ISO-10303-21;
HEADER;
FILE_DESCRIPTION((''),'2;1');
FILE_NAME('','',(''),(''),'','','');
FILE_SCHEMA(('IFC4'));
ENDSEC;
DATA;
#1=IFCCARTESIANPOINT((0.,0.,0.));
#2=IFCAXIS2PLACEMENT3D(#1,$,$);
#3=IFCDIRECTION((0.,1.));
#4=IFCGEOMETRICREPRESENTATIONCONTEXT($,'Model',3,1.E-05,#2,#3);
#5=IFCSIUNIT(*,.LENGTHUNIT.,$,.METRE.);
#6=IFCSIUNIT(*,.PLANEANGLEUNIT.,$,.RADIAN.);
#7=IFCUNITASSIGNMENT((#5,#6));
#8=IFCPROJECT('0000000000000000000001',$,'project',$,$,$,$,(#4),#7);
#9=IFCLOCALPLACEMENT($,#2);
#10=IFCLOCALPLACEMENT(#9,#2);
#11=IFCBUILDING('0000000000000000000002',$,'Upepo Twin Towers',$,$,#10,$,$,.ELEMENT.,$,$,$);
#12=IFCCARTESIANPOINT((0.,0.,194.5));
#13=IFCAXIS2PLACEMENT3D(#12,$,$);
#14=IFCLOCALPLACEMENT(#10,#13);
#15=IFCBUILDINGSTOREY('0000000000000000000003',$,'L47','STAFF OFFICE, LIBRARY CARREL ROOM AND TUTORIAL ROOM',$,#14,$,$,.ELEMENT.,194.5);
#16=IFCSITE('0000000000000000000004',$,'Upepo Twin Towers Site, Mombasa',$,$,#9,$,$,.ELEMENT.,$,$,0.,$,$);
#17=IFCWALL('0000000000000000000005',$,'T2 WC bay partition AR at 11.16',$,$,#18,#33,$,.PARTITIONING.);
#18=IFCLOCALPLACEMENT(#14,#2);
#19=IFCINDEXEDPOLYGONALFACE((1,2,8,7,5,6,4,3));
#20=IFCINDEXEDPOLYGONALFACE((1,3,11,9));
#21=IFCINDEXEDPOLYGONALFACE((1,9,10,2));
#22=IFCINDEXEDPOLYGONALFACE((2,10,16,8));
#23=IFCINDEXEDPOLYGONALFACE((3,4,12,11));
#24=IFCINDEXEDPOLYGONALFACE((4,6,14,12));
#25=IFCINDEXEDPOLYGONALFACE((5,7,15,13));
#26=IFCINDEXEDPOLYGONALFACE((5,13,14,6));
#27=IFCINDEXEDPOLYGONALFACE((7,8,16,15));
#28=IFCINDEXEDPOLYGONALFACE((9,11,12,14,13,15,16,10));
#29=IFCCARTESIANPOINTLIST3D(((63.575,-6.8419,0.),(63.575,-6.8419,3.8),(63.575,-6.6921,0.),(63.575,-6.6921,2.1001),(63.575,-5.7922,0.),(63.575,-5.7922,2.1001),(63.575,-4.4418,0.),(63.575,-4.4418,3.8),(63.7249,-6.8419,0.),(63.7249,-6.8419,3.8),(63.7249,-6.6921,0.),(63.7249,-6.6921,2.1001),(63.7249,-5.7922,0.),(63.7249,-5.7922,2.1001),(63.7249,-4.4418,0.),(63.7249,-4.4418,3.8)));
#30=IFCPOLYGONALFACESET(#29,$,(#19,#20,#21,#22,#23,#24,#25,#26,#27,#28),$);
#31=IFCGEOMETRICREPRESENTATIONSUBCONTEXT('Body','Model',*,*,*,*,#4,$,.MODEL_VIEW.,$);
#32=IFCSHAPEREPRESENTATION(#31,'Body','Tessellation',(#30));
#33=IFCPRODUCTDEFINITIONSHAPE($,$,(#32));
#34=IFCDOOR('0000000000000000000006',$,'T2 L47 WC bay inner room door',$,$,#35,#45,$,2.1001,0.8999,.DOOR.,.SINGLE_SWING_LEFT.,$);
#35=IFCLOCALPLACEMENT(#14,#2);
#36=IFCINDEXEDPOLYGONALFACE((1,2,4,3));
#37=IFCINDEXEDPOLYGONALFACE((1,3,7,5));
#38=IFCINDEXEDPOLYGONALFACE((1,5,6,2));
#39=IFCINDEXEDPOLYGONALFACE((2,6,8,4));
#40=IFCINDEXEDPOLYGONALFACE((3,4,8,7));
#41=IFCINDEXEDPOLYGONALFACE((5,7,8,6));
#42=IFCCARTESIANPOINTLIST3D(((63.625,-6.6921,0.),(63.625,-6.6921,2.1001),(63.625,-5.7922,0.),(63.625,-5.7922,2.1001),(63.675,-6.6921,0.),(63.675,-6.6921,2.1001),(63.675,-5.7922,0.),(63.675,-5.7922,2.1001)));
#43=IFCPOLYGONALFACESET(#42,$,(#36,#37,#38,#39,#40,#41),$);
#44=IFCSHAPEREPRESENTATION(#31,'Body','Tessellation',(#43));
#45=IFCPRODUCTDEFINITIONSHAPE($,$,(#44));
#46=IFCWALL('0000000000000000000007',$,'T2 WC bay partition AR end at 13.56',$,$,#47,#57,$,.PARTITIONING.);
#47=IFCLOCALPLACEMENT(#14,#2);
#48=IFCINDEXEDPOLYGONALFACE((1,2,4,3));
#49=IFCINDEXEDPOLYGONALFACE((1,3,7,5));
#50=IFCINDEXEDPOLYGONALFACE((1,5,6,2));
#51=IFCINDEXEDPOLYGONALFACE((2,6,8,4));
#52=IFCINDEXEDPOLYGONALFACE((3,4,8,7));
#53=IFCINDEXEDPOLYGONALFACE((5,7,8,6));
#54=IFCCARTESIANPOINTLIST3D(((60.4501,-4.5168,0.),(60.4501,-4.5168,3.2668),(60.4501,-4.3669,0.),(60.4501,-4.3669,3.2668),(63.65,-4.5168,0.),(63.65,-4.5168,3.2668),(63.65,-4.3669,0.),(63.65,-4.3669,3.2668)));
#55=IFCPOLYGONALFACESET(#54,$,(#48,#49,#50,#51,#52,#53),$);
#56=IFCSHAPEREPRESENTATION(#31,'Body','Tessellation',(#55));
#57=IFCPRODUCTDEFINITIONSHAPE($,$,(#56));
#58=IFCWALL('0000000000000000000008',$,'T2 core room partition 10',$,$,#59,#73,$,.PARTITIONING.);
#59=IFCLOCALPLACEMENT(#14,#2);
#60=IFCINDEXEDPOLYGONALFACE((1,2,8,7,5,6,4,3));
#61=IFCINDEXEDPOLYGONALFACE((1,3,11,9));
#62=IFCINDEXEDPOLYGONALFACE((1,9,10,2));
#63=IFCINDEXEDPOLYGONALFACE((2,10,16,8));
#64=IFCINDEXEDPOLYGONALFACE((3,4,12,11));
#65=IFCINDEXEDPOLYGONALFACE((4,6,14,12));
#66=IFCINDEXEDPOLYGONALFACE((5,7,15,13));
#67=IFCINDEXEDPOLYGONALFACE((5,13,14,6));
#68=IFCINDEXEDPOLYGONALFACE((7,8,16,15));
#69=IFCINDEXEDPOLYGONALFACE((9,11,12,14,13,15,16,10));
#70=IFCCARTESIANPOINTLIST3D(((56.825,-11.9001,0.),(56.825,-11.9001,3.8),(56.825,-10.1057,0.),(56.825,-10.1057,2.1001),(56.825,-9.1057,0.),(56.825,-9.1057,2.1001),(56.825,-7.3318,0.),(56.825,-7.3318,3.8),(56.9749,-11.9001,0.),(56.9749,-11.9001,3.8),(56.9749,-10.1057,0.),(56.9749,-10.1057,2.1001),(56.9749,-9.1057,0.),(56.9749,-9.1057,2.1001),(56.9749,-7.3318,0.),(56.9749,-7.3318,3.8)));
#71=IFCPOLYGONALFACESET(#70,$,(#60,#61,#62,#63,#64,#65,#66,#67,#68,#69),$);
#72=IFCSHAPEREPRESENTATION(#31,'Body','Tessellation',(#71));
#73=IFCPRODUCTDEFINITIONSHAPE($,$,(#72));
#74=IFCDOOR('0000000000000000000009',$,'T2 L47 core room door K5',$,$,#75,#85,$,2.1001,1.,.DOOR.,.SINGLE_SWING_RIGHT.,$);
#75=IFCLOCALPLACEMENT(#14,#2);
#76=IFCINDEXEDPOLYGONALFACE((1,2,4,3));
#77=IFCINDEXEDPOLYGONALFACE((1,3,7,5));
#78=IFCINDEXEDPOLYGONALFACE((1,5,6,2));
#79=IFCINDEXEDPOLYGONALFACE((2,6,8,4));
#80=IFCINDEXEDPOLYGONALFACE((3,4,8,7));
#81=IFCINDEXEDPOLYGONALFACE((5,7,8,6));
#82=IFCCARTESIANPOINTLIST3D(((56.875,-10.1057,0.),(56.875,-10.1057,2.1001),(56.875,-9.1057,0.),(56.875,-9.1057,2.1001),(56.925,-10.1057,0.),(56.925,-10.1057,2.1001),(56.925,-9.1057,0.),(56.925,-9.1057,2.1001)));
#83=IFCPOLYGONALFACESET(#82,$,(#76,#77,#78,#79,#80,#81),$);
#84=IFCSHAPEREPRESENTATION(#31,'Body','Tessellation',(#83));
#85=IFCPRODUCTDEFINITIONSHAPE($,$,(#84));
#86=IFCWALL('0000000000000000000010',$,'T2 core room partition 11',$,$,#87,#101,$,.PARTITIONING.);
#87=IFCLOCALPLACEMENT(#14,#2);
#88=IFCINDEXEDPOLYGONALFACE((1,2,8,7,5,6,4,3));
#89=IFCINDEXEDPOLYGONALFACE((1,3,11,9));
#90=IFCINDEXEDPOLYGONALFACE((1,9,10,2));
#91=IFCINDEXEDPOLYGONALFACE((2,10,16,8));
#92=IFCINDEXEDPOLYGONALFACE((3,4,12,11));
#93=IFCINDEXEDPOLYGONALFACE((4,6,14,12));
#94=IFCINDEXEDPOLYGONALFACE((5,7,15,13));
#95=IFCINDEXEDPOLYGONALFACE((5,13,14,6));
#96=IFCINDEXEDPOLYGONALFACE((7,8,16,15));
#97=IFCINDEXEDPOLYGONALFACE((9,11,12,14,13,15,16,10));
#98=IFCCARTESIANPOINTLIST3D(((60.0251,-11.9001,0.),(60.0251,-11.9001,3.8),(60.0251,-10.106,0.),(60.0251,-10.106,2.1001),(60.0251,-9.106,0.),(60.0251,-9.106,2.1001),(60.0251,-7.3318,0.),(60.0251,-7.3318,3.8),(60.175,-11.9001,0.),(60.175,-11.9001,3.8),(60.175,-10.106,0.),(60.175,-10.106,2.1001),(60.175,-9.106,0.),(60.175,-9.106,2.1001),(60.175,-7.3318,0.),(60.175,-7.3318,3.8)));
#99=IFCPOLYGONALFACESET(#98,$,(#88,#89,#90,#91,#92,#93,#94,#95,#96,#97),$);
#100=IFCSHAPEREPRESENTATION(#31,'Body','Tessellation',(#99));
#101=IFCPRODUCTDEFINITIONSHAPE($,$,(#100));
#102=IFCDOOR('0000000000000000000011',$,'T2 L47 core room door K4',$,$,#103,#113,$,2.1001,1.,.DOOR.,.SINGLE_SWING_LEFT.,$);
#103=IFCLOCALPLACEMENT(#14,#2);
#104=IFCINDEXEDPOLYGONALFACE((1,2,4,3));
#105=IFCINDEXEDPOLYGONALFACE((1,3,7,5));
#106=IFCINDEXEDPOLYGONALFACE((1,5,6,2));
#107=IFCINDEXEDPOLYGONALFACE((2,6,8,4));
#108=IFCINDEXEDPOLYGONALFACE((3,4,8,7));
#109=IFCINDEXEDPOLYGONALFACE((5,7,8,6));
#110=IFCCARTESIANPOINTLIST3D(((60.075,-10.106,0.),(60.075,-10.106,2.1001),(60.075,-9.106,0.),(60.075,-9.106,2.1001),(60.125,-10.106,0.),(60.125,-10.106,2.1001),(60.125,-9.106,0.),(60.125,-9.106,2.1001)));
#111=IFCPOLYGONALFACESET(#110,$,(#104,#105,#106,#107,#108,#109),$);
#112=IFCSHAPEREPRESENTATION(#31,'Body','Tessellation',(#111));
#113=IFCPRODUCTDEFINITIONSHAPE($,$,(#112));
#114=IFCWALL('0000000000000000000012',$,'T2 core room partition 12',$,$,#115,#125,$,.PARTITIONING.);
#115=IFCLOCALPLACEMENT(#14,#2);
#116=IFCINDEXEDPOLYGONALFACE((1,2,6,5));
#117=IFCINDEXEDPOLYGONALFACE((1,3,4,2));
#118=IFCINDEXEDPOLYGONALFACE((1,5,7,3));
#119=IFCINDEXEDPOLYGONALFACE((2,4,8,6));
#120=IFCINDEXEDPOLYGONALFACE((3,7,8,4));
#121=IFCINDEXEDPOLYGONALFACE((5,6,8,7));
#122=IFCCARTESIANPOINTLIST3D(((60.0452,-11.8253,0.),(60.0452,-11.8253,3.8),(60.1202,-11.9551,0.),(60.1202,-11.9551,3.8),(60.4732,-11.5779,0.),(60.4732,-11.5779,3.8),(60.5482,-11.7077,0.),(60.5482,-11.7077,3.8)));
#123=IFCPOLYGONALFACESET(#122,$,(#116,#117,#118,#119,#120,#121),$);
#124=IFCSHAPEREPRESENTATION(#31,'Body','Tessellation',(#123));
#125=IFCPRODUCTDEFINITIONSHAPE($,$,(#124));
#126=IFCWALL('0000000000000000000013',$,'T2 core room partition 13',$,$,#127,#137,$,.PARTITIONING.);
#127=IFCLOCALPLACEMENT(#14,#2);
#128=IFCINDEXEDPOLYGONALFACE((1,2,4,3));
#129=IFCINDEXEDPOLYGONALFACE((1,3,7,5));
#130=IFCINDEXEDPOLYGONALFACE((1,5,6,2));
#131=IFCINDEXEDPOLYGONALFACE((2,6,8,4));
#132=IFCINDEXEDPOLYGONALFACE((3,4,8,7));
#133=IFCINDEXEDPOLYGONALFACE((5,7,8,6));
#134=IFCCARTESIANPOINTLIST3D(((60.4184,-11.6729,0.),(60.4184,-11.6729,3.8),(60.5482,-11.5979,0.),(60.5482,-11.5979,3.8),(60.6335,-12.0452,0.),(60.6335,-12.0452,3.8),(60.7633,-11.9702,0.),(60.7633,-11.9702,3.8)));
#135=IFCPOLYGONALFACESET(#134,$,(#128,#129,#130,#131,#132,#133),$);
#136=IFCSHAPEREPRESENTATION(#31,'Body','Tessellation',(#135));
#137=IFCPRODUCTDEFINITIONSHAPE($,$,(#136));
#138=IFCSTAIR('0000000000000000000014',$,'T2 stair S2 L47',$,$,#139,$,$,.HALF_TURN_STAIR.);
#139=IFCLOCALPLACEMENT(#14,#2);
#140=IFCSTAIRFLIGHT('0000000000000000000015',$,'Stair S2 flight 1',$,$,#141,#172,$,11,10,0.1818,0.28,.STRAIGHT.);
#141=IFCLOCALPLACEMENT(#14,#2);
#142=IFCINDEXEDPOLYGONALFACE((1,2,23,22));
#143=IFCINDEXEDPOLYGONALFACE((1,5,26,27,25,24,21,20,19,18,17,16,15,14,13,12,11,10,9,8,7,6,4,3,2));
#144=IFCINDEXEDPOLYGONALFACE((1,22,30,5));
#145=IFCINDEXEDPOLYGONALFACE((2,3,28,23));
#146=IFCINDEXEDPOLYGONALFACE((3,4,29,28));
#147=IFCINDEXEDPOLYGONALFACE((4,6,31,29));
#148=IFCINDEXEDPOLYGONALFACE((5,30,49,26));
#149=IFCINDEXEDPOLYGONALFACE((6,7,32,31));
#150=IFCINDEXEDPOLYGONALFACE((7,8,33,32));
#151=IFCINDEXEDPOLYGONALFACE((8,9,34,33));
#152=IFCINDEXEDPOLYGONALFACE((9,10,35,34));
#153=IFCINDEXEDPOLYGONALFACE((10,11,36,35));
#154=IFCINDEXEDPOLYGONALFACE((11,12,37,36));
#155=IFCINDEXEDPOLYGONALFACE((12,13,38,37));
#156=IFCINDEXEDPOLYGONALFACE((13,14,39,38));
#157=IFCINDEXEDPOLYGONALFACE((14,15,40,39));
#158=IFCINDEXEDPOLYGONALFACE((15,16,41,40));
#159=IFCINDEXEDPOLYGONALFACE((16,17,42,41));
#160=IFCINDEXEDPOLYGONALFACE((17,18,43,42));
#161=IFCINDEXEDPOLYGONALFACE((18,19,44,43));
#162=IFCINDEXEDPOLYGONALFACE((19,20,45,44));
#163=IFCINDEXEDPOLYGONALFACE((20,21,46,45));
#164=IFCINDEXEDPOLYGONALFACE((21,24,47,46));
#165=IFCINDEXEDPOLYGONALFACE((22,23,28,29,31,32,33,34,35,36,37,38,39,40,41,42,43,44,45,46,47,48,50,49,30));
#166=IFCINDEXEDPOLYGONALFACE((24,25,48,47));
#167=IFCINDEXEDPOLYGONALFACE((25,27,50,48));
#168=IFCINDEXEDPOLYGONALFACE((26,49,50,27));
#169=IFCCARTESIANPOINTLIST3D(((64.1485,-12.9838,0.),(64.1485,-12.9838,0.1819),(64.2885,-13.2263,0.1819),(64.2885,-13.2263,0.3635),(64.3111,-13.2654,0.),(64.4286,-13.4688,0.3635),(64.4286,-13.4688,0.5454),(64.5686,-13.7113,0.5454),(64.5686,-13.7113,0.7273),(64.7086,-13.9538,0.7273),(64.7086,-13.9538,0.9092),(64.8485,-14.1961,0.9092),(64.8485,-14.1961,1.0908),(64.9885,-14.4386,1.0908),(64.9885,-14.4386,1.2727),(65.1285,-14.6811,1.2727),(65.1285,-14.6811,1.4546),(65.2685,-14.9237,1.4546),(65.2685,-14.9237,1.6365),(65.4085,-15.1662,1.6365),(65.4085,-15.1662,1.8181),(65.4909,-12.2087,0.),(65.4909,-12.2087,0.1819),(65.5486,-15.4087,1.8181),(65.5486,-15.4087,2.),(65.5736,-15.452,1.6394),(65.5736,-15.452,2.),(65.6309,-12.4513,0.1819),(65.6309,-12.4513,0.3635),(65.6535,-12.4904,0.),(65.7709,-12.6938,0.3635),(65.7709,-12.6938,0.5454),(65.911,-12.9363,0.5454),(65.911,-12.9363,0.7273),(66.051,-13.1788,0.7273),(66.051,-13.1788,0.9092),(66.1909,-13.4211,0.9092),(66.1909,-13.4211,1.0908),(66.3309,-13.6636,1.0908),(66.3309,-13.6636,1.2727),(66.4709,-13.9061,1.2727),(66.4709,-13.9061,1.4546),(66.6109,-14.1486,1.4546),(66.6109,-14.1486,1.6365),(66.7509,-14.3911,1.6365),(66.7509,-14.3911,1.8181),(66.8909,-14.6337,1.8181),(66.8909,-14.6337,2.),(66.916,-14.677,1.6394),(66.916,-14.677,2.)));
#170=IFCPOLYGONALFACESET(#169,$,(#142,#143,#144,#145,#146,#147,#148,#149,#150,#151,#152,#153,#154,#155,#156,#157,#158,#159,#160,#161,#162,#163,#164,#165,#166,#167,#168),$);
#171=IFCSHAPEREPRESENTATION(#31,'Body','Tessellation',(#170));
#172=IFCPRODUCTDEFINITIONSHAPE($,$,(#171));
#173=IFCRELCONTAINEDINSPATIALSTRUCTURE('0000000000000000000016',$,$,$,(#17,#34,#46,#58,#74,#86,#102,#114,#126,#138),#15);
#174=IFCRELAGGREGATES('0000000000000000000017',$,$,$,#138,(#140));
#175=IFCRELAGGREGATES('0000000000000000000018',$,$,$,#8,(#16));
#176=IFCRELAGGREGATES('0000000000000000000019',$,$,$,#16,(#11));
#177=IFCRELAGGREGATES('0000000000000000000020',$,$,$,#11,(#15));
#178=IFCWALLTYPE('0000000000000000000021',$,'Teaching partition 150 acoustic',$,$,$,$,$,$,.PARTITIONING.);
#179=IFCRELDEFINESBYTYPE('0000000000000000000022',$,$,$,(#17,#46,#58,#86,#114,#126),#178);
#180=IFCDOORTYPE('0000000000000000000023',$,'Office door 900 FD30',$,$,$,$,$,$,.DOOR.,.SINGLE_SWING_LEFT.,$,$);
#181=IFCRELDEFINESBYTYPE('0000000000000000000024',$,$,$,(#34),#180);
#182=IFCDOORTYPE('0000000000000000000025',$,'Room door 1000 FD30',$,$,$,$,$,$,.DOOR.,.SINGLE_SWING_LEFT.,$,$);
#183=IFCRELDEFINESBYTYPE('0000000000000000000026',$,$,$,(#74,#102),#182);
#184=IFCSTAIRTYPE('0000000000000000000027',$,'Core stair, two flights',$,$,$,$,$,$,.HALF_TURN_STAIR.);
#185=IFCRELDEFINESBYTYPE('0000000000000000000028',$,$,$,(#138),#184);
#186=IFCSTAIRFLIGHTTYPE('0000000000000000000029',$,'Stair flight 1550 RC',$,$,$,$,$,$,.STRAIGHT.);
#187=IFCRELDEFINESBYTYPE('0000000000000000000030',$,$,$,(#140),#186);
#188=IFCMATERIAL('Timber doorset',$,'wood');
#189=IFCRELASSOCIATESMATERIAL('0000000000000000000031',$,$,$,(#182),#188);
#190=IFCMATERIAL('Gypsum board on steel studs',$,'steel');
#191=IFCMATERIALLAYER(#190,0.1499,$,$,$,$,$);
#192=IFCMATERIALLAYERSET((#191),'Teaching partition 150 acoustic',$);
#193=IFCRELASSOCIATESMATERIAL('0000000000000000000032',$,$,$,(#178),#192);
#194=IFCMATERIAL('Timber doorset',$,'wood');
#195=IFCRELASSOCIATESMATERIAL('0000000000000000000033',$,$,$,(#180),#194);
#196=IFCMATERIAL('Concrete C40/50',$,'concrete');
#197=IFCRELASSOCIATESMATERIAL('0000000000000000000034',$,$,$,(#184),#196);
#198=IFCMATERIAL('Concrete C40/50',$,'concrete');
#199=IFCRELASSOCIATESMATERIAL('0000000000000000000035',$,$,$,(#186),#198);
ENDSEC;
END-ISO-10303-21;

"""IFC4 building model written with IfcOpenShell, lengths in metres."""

from ifc_helpers import new_model, si_unit, direction, frame, frame_2d, origin, place, context, subcontext, project, spatial, polyline, rectangle, outline, extrude, material, layer, layer_set, type_object, element, fill, aggregate, save


model = new_model("IFC4")

# Units and contexts
model_context = context("Model", 3, precision=1e-05, world=origin(), true_north=direction((0.0, 1.0)))
body_context = subcontext(model_context, "Body", "Model", "MODEL_VIEW")
ifc_project = project(units=[si_unit("LENGTHUNIT", "METRE"), si_unit("PLANEANGLEUNIT", "RADIAN")], contexts=[model_context])

# Site, building, storey
site_placement = place(None, origin())
site = spatial("IfcSite", under=ifc_project, at=site_placement, Name="Upepo Twin Towers Site, Mombasa", CompositionType="ELEMENT", RefElevation=0.0)
building_placement = place(site_placement, origin())
building = spatial("IfcBuilding", under=site, at=building_placement, Name="Upepo Twin Towers", CompositionType="ELEMENT")
storey_placement = place(building_placement, frame((0.0, 0.0, 194.5)))
storey = spatial("IfcBuildingStorey", under=building, at=storey_placement, Name="L47", Description="STAFF OFFICE, LIBRARY CARREL ROOM AND TUTORIAL ROOM", CompositionType="ELEMENT", Elevation=194.5)

# Shared definitions
ifc_material_1 = material(Name="Timber doorset", Category="wood")
door_type_1 = type_object("IfcDoorType", Name="Room door 1000 FD30", OperationType="SINGLE_SWING_LEFT", PredefinedType="DOOR", material=ifc_material_1)

# Shared definitions
ifc_material_2 = material(Name="Gypsum board on steel studs", Category="steel")
ifc_layer_1 = layer(ifc_material_2, 0.1499)
ifc_layer_set_1 = layer_set([ifc_layer_1], Name="Teaching partition 150 acoustic")
wall_type_1 = type_object("IfcWallType", Name="Teaching partition 150 acoustic", PredefinedType="PARTITIONING", material=ifc_layer_set_1)

# Wall, opening, door
wall_1_placement = place(storey_placement, frame((63.6499, -6.842, 0.0), z_axis=(0.0, 0.0, 1.0), x_axis=(0.0, 1.0, 0.0)))
wall_1 = element("IfcWall", 1, at=wall_1_placement, inside=storey, type_object=wall_type_1, Name="T2 WC bay partition AR at 11.16", PredefinedType="PARTITIONING", context=body_context, shape_type="SweptSolid", body=[
    extrude(rectangle(XDim=2.4001, YDim=0.1499, at=frame_2d((1.2002, 0.0))), origin(), (0.0, 0.0, 1.0), 3.8),
])
opening_1_placement = place(wall_1_placement, frame((0.1499, 0.0, 0.0)))
opening_1 = element("IfcOpeningElement", 2, at=opening_1_placement, cuts=wall_1, PredefinedType="OPENING", context=body_context, shape_type="SweptSolid", body=[
    extrude(rectangle(XDim=0.8999, YDim=2.1001, at=frame_2d((0.45, 1.05))), frame((0.0, 0.085, 0.0), z_axis=(0.0, -1.0, 0.0), x_axis=(1.0, 0.0, 0.0)), (0.0, 0.0, 1.0), 0.1699),
])
ifc_material_3 = material(Name="Timber doorset", Category="wood")
door_type_2 = type_object("IfcDoorType", Name="Office door 900 FD30", OperationType="SINGLE_SWING_LEFT", PredefinedType="DOOR", material=ifc_material_3)
door_1_placement = place(opening_1_placement, origin())
door_1 = element("IfcDoor", 3, at=door_1_placement, inside=storey, type_object=door_type_2, Name="T2 L47 WC bay inner room door", OperationType="SINGLE_SWING_LEFT", OverallHeight=2.1001, OverallWidth=0.8999, PredefinedType="DOOR", context=body_context, shape_type="SweptSolid", body=[
    extrude(rectangle(XDim=0.8999, YDim=2.1001, at=frame_2d((0.45, 1.05))), frame((0.0, 0.0249, 0.0), z_axis=(0.0, -1.0, 0.0), x_axis=(1.0, 0.0, 0.0)), (0.0, 0.0, 1.0), 0.05),
])
fill(opening_1, door_1)

# Wall
wall_2_placement = place(storey_placement, frame((60.45, -4.4419, 0.0), z_axis=(0.0, 0.0, 1.0), x_axis=(1.0, 0.0, 0.0)))
element("IfcWall", 4, at=wall_2_placement, inside=storey, type_object=wall_type_1, Name="T2 WC bay partition AR end at 13.56", PredefinedType="PARTITIONING", context=body_context, shape_type="SweptSolid", body=[
    extrude(rectangle(XDim=3.2, YDim=0.1499, at=frame_2d((1.6001, 0.0))), origin(), (0.0, 0.0, 1.0), 3.2668),
])

# Walls, openings, doors
wall_3_placement = place(storey_placement, frame((56.8999, -11.9001, 0.0), z_axis=(0.0, 0.0, 1.0), x_axis=(0.0, 1.0, 0.0)))
wall_3 = element("IfcWall", 5, at=wall_3_placement, inside=storey, type_object=wall_type_1, Name="T2 core room partition 10", PredefinedType="PARTITIONING", context=body_context, shape_type="SweptSolid", body=[
    extrude(rectangle(XDim=4.5684, YDim=0.1499, at=frame_2d((2.2842, 0.0))), origin(), (0.0, 0.0, 1.0), 3.8),
])
opening_2_placement = place(wall_3_placement, frame((1.7944, 0.0, 0.0)))
opening_2 = element("IfcOpeningElement", 6, at=opening_2_placement, cuts=wall_3, PredefinedType="OPENING", context=body_context, shape_type="SweptSolid", body=[
    extrude(rectangle(XDim=1.0, YDim=2.1001, at=frame_2d((0.5, 1.05))), frame((0.0, 0.085, 0.0), z_axis=(0.0, -1.0, 0.0), x_axis=(1.0, 0.0, 0.0)), (0.0, 0.0, 1.0), 0.1699),
])
door_2_placement = place(opening_2_placement, origin())
door_2 = element("IfcDoor", 7, at=door_2_placement, inside=storey, type_object=door_type_1, Name="T2 L47 core room door K5", OperationType="SINGLE_SWING_RIGHT", OverallHeight=2.1001, OverallWidth=1.0, PredefinedType="DOOR", context=body_context, shape_type="SweptSolid", body=[
    extrude(rectangle(XDim=1.0, YDim=2.1001, at=frame_2d((0.5, 1.05))), frame((0.0, 0.0249, 0.0), z_axis=(0.0, -1.0, 0.0), x_axis=(1.0, 0.0, 0.0)), (0.0, 0.0, 1.0), 0.05),
])
fill(opening_2, door_2)
wall_4_placement = place(storey_placement, frame((60.1001, -7.3318, 0.0), z_axis=(0.0, 0.0, 1.0), x_axis=(0.0, -1.0, 0.0)))
wall_4 = element("IfcWall", 8, at=wall_4_placement, inside=storey, type_object=wall_type_1, Name="T2 core room partition 11", PredefinedType="PARTITIONING", context=body_context, shape_type="SweptSolid", body=[
    extrude(rectangle(XDim=4.5684, YDim=0.1499, at=frame_2d((2.2842, 0.0))), origin(), (0.0, 0.0, 1.0), 3.8),
])
opening_3_placement = place(wall_4_placement, frame((1.7742, 0.0, 0.0)))
opening_3 = element("IfcOpeningElement", 9, at=opening_3_placement, cuts=wall_4, PredefinedType="OPENING", context=body_context, shape_type="SweptSolid", body=[
    extrude(rectangle(XDim=1.0, YDim=2.1001, at=frame_2d((0.5, 1.05))), frame((0.0, 0.085, 0.0), z_axis=(0.0, -1.0, 0.0), x_axis=(1.0, 0.0, 0.0)), (0.0, 0.0, 1.0), 0.1699),
])
door_3_placement = place(opening_3_placement, origin())
door_3 = element("IfcDoor", 10, at=door_3_placement, inside=storey, type_object=door_type_1, Name="T2 L47 core room door K4", OperationType="SINGLE_SWING_LEFT", OverallHeight=2.1001, OverallWidth=1.0, PredefinedType="DOOR", context=body_context, shape_type="SweptSolid", body=[
    extrude(rectangle(XDim=1.0, YDim=2.1001, at=frame_2d((0.5, 1.05))), frame((0.0, 0.0249, 0.0), z_axis=(0.0, -1.0, 0.0), x_axis=(1.0, 0.0, 0.0)), (0.0, 0.0, 1.0), 0.05),
])
fill(opening_3, door_3)

# Walls
wall_5_placement = place(storey_placement, frame((60.0828, -11.8901, 0.0), z_axis=(0.0, 0.0, 1.0), x_axis=(0.865832, 0.500335, 0.0)))
element("IfcWall", 11, at=wall_5_placement, inside=storey, type_object=wall_type_1, Name="T2 core room partition 12", PredefinedType="PARTITIONING", context=body_context, shape_type="SweptSolid", body=[
    extrude(rectangle(XDim=0.4944, YDim=0.1499, at=frame_2d((0.2471, 0.0))), origin(), (0.0, 0.0, 1.0), 3.8),
])
wall_6_placement = place(storey_placement, frame((60.4834, -11.6355, 0.0), z_axis=(0.0, 0.0, 1.0), x_axis=(0.50023, -0.865892, 0.0)))
element("IfcWall", 12, at=wall_6_placement, inside=storey, type_object=wall_type_1, Name="T2 core room partition 13", PredefinedType="PARTITIONING", context=body_context, shape_type="SweptSolid", body=[
    extrude(rectangle(XDim=0.4299, YDim=0.1499, at=frame_2d((0.2148, 0.0))), origin(), (0.0, 0.0, 1.0), 3.8),
])

# Stair, stair flight
ifc_material_4 = material(Name="Concrete C40/50", Category="concrete")
stair_type = type_object("IfcStairType", Name="Core stair, two flights", PredefinedType="HALF_TURN_STAIR", material=ifc_material_4)
stair_placement = place(storey_placement, origin())
stair = element("IfcStair", 13, at=stair_placement, inside=storey, type_object=stair_type, Name="T2 stair S2 L47", PredefinedType="HALF_TURN_STAIR")
ifc_material_5 = material(Name="Concrete C40/50", Category="concrete")
stair_flight_type = type_object("IfcStairFlightType", Name="Stair flight 1550 RC", PredefinedType="STRAIGHT", material=ifc_material_5)
stair_flight_1_placement = place(storey_placement, frame((64.8198, -12.5962, 0.0), z_axis=(0.0, 0.0, 1.0), x_axis=(0.5, -0.866025, 0.0)))
stair_flight_1 = element("IfcStairFlight", 14, at=stair_flight_1_placement, type_object=stair_flight_type, Name="Stair S2 flight 1", NumberOfRisers=11, NumberOfTreads=10, PredefinedType="STRAIGHT", RiserHeight=0.1818, TreadLength=0.28, context=body_context, shape_type="SweptSolid", body=[
    extrude(outline(polyline([(0.0, 0.0), (0.0, 0.1819), (0.28, 0.1819), (0.28, 0.3635), (0.5601, 0.3635), (0.5601, 0.5454), (0.8401, 0.5454), (0.8401, 0.7273), (1.1201, 0.7273), (1.1201, 0.9092), (1.3999, 0.9092), (1.3999, 1.0908), (1.6799, 1.0908), (1.6799, 1.2727), (1.96, 1.2727), (1.96, 1.4546), (2.24, 1.4546), (2.24, 1.6365), (2.52, 1.6365), (2.52, 1.8181), (2.8, 1.8181), (2.8, 2.0), (2.8501, 2.0), (2.8501, 1.6394), (0.3252, 0.0), (0.0, 0.0)])), frame((0.0, 0.7749, 0.0), z_axis=(0.0, -1.0, 0.0), x_axis=(1.0, 0.0, 0.0)), (0.0, 0.0, 1.0), 1.55),
])
aggregate(stair, [stair_flight_1])

save(model, "model.ifc")
